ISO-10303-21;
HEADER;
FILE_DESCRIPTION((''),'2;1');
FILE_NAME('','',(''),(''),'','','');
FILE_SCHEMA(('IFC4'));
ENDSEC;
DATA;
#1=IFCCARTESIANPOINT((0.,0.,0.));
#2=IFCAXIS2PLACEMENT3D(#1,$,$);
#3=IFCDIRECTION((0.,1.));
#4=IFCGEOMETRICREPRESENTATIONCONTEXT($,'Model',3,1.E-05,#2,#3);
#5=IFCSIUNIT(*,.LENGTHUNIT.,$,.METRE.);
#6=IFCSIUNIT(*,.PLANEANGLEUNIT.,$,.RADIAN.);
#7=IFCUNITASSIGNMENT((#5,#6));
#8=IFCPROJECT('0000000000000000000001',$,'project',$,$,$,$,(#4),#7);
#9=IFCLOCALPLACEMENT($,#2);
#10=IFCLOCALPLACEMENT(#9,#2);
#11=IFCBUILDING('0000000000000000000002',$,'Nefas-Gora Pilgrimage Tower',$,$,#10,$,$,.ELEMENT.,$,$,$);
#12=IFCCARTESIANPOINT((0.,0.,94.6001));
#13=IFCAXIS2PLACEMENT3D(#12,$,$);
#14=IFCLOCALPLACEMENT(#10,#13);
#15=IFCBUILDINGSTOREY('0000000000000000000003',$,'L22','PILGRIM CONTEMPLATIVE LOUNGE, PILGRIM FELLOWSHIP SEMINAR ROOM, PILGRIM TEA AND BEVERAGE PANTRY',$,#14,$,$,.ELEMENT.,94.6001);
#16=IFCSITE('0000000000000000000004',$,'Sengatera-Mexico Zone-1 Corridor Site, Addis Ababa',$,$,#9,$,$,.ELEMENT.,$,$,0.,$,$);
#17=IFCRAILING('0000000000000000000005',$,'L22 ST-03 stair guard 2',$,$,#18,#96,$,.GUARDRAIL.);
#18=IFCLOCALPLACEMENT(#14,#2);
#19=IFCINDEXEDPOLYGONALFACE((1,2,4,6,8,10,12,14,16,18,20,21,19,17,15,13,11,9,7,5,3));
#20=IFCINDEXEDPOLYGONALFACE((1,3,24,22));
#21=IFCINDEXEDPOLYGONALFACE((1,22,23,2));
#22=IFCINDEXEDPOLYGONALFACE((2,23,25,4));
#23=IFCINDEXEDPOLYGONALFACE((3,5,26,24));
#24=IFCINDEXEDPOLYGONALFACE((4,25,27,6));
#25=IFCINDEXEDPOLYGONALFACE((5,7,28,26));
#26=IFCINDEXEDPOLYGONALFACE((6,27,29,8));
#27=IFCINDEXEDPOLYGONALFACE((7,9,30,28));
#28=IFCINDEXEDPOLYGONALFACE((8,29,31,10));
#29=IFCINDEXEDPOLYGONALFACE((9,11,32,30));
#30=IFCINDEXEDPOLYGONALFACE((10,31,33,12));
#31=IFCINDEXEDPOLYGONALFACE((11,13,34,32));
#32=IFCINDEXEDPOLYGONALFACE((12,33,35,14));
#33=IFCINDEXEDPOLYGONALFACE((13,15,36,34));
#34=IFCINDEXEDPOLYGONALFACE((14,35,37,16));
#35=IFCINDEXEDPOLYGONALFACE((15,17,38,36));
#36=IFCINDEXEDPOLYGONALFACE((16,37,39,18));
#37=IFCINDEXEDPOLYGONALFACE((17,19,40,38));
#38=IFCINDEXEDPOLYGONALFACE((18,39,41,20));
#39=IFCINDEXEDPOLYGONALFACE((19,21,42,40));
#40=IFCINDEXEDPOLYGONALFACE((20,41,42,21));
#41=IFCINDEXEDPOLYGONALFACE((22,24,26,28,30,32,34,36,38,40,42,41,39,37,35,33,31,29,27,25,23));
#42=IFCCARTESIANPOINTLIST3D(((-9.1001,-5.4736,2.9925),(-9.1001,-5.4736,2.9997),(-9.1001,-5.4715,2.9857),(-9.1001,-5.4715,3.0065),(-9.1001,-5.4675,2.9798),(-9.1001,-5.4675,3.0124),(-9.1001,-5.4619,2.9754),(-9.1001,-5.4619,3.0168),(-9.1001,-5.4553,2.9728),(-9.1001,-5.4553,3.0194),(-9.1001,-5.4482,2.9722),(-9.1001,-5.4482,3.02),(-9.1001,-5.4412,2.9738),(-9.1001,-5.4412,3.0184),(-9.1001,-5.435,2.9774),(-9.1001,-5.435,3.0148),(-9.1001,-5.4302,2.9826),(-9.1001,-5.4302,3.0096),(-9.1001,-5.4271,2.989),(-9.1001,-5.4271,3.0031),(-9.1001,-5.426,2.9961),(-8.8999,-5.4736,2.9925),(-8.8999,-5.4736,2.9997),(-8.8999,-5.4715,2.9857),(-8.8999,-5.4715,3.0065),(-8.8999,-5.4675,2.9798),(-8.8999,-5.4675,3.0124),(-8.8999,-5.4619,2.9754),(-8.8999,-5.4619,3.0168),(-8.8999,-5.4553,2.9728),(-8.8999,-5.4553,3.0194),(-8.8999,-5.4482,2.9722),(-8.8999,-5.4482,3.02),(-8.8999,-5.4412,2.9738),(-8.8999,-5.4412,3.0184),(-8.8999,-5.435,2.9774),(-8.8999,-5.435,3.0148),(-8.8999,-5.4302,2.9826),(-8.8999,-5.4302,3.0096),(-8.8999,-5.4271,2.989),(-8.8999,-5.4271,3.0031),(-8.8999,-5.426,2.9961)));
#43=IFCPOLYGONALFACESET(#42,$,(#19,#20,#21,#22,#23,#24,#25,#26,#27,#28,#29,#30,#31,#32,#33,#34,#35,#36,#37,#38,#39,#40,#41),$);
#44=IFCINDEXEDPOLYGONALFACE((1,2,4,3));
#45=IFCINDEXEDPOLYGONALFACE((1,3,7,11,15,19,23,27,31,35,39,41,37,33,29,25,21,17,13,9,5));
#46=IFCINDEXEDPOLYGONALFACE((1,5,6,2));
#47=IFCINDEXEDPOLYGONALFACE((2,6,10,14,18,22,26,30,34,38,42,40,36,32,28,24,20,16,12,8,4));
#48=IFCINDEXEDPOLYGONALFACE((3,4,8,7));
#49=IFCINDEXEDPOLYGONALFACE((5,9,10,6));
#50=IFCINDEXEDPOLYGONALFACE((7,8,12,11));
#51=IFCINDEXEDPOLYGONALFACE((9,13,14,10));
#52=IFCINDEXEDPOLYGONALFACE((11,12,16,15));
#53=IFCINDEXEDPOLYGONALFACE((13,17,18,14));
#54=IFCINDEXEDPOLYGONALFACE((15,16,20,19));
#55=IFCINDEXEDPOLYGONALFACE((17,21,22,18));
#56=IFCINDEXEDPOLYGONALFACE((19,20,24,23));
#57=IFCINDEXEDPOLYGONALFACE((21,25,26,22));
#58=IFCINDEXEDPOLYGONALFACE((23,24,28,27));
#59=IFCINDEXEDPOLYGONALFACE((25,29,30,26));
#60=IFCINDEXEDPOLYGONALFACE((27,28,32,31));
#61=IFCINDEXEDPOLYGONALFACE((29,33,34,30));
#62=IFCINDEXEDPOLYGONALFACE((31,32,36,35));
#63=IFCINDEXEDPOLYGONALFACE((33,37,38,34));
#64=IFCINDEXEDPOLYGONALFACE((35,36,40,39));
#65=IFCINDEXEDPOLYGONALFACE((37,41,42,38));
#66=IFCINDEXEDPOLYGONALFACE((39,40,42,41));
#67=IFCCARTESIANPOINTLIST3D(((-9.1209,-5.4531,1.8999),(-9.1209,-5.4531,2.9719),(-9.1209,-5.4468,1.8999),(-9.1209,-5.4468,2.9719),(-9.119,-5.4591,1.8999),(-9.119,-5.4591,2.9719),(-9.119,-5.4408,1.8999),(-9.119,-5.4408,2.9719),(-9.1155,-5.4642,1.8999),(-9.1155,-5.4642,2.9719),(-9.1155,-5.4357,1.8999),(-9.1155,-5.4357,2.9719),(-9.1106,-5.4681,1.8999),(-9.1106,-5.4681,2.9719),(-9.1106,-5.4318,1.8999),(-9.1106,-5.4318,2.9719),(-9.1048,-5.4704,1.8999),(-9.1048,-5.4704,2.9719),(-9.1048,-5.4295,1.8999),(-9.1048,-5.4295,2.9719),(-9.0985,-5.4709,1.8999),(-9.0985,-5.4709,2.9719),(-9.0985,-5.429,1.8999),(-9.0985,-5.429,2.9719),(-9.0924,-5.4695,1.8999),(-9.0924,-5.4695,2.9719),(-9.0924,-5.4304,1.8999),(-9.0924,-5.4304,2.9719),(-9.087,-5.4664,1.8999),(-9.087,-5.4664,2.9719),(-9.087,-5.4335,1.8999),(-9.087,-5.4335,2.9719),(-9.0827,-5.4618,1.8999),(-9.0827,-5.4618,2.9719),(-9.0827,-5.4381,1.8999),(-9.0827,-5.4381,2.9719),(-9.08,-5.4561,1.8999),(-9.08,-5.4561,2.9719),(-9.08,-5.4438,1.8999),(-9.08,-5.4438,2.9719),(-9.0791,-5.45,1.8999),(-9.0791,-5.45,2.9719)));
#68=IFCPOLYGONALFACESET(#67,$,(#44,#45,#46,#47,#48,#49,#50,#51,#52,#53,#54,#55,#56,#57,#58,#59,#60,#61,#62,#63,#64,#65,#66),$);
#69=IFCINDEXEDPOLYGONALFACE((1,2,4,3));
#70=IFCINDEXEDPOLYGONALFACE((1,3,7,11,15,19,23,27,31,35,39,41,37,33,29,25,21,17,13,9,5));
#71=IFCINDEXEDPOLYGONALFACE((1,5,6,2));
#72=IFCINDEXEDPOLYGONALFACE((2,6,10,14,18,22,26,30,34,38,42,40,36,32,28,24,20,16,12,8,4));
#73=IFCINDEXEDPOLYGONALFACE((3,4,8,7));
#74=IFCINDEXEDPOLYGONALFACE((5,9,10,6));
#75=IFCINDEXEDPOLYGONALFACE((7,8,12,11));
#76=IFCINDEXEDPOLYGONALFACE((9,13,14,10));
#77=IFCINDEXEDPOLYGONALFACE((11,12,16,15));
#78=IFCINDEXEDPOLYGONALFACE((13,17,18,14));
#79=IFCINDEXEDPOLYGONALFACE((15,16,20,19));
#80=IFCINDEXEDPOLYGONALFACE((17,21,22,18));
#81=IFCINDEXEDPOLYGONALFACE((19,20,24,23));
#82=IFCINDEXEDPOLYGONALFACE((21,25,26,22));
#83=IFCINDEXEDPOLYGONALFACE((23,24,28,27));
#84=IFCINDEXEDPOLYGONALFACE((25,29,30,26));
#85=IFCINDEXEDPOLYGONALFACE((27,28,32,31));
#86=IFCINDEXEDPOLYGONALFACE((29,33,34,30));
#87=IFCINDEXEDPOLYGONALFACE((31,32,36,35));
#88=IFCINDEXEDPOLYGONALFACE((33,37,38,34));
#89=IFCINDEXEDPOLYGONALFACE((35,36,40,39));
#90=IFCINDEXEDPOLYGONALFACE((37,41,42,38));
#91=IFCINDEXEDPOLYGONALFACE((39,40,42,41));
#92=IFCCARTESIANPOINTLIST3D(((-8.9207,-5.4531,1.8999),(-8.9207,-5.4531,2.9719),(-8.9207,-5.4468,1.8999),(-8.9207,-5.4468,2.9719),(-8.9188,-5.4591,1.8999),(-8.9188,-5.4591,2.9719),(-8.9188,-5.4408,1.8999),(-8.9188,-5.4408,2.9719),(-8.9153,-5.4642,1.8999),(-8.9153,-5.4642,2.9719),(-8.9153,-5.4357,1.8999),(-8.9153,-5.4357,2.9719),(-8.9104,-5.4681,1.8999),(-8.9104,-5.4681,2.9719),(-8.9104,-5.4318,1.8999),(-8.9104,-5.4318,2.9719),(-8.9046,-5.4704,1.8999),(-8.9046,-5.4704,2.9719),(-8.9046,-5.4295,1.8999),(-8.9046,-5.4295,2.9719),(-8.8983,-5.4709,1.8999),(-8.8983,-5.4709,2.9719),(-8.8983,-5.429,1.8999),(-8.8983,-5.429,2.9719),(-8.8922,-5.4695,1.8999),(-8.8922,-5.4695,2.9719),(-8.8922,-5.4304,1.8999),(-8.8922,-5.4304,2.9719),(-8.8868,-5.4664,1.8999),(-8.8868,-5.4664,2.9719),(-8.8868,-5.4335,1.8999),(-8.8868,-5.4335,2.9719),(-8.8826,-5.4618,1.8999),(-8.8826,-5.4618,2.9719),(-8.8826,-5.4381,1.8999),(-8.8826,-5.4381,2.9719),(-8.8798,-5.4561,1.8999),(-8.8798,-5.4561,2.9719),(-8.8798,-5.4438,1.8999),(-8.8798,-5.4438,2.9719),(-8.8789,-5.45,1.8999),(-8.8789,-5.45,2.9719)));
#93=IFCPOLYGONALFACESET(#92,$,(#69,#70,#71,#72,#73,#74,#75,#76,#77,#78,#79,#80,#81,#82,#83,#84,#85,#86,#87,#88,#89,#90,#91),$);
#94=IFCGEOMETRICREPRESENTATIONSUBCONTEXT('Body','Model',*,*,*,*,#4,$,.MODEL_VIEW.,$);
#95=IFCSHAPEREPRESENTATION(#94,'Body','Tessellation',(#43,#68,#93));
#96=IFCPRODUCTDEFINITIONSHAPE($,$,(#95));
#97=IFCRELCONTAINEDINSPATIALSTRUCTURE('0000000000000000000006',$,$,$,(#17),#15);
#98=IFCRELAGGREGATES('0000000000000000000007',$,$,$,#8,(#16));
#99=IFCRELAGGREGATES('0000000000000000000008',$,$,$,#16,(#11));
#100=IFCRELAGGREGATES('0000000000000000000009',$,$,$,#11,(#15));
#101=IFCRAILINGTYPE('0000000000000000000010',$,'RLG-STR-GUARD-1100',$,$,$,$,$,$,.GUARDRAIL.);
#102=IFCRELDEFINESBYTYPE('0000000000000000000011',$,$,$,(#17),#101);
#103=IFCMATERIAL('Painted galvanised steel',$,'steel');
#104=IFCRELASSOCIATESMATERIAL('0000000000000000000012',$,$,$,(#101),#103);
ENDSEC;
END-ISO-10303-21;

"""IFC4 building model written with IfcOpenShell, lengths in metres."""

from ifc_helpers import new_model, si_unit, direction, frame, origin, origin_2d, place, context, subcontext, project, spatial, circle, extrude, material, type_object, element, save


model = new_model("IFC4")

# Units and contexts
model_context = context("Model", 3, precision=1e-05, world=origin(), true_north=direction((0.0, 1.0)))
body_context = subcontext(model_context, "Body", "Model", "MODEL_VIEW")
ifc_project = project(units=[si_unit("LENGTHUNIT", "METRE"), si_unit("PLANEANGLEUNIT", "RADIAN")], contexts=[model_context])

# Site, building, storey
site_placement = place(None, origin())
site = spatial("IfcSite", under=ifc_project, at=site_placement, Name="Sengatera-Mexico Zone-1 Corridor Site, Addis Ababa", CompositionType="ELEMENT", RefElevation=0.0)
building_placement = place(site_placement, origin())
building = spatial("IfcBuilding", under=site, at=building_placement, Name="Nefas-Gora Pilgrimage Tower", CompositionType="ELEMENT")
storey_placement = place(building_placement, frame((0.0, 0.0, 94.6001)))
storey = spatial("IfcBuildingStorey", under=building, at=storey_placement, Name="L22", Description="PILGRIM CONTEMPLATIVE LOUNGE, PILGRIM FELLOWSHIP SEMINAR ROOM, PILGRIM TEA AND BEVERAGE PANTRY", CompositionType="ELEMENT", Elevation=94.6001)

# Railing
ifc_material_1 = material(Name="Painted galvanised steel", Category="steel")
railing_type_1 = type_object("IfcRailingType", Name="RLG-STR-GUARD-1100", PredefinedType="GUARDRAIL", material=ifc_material_1)
railing_1_placement = place(storey_placement, frame((-9.1001, -5.45, 1.8999)))
element("IfcRailing", 1, at=railing_1_placement, inside=storey, type_object=railing_type_1, Name="L22 ST-03 stair guard 2", PredefinedType="GUARDRAIL", context=body_context, shape_type="SweptSolid", body=[
    extrude(circle(Radius=0.0239, at=origin_2d()), frame((0.0, 0.0, 1.0962), z_axis=(1.0, 0.0, 0.0), x_axis=(0.0, 1.0, 0.0)), (0.0, 0.0, 1.0), 0.2002),
    extrude(circle(Radius=0.021, at=origin_2d()), origin(), (0.0, 0.0, 1.0), 1.072),
    extrude(circle(Radius=0.021, at=origin_2d()), frame((0.2002, 0.0, 0.0)), (0.0, 0.0, 1.0), 1.072),
])

save(model, "model.ifc")
